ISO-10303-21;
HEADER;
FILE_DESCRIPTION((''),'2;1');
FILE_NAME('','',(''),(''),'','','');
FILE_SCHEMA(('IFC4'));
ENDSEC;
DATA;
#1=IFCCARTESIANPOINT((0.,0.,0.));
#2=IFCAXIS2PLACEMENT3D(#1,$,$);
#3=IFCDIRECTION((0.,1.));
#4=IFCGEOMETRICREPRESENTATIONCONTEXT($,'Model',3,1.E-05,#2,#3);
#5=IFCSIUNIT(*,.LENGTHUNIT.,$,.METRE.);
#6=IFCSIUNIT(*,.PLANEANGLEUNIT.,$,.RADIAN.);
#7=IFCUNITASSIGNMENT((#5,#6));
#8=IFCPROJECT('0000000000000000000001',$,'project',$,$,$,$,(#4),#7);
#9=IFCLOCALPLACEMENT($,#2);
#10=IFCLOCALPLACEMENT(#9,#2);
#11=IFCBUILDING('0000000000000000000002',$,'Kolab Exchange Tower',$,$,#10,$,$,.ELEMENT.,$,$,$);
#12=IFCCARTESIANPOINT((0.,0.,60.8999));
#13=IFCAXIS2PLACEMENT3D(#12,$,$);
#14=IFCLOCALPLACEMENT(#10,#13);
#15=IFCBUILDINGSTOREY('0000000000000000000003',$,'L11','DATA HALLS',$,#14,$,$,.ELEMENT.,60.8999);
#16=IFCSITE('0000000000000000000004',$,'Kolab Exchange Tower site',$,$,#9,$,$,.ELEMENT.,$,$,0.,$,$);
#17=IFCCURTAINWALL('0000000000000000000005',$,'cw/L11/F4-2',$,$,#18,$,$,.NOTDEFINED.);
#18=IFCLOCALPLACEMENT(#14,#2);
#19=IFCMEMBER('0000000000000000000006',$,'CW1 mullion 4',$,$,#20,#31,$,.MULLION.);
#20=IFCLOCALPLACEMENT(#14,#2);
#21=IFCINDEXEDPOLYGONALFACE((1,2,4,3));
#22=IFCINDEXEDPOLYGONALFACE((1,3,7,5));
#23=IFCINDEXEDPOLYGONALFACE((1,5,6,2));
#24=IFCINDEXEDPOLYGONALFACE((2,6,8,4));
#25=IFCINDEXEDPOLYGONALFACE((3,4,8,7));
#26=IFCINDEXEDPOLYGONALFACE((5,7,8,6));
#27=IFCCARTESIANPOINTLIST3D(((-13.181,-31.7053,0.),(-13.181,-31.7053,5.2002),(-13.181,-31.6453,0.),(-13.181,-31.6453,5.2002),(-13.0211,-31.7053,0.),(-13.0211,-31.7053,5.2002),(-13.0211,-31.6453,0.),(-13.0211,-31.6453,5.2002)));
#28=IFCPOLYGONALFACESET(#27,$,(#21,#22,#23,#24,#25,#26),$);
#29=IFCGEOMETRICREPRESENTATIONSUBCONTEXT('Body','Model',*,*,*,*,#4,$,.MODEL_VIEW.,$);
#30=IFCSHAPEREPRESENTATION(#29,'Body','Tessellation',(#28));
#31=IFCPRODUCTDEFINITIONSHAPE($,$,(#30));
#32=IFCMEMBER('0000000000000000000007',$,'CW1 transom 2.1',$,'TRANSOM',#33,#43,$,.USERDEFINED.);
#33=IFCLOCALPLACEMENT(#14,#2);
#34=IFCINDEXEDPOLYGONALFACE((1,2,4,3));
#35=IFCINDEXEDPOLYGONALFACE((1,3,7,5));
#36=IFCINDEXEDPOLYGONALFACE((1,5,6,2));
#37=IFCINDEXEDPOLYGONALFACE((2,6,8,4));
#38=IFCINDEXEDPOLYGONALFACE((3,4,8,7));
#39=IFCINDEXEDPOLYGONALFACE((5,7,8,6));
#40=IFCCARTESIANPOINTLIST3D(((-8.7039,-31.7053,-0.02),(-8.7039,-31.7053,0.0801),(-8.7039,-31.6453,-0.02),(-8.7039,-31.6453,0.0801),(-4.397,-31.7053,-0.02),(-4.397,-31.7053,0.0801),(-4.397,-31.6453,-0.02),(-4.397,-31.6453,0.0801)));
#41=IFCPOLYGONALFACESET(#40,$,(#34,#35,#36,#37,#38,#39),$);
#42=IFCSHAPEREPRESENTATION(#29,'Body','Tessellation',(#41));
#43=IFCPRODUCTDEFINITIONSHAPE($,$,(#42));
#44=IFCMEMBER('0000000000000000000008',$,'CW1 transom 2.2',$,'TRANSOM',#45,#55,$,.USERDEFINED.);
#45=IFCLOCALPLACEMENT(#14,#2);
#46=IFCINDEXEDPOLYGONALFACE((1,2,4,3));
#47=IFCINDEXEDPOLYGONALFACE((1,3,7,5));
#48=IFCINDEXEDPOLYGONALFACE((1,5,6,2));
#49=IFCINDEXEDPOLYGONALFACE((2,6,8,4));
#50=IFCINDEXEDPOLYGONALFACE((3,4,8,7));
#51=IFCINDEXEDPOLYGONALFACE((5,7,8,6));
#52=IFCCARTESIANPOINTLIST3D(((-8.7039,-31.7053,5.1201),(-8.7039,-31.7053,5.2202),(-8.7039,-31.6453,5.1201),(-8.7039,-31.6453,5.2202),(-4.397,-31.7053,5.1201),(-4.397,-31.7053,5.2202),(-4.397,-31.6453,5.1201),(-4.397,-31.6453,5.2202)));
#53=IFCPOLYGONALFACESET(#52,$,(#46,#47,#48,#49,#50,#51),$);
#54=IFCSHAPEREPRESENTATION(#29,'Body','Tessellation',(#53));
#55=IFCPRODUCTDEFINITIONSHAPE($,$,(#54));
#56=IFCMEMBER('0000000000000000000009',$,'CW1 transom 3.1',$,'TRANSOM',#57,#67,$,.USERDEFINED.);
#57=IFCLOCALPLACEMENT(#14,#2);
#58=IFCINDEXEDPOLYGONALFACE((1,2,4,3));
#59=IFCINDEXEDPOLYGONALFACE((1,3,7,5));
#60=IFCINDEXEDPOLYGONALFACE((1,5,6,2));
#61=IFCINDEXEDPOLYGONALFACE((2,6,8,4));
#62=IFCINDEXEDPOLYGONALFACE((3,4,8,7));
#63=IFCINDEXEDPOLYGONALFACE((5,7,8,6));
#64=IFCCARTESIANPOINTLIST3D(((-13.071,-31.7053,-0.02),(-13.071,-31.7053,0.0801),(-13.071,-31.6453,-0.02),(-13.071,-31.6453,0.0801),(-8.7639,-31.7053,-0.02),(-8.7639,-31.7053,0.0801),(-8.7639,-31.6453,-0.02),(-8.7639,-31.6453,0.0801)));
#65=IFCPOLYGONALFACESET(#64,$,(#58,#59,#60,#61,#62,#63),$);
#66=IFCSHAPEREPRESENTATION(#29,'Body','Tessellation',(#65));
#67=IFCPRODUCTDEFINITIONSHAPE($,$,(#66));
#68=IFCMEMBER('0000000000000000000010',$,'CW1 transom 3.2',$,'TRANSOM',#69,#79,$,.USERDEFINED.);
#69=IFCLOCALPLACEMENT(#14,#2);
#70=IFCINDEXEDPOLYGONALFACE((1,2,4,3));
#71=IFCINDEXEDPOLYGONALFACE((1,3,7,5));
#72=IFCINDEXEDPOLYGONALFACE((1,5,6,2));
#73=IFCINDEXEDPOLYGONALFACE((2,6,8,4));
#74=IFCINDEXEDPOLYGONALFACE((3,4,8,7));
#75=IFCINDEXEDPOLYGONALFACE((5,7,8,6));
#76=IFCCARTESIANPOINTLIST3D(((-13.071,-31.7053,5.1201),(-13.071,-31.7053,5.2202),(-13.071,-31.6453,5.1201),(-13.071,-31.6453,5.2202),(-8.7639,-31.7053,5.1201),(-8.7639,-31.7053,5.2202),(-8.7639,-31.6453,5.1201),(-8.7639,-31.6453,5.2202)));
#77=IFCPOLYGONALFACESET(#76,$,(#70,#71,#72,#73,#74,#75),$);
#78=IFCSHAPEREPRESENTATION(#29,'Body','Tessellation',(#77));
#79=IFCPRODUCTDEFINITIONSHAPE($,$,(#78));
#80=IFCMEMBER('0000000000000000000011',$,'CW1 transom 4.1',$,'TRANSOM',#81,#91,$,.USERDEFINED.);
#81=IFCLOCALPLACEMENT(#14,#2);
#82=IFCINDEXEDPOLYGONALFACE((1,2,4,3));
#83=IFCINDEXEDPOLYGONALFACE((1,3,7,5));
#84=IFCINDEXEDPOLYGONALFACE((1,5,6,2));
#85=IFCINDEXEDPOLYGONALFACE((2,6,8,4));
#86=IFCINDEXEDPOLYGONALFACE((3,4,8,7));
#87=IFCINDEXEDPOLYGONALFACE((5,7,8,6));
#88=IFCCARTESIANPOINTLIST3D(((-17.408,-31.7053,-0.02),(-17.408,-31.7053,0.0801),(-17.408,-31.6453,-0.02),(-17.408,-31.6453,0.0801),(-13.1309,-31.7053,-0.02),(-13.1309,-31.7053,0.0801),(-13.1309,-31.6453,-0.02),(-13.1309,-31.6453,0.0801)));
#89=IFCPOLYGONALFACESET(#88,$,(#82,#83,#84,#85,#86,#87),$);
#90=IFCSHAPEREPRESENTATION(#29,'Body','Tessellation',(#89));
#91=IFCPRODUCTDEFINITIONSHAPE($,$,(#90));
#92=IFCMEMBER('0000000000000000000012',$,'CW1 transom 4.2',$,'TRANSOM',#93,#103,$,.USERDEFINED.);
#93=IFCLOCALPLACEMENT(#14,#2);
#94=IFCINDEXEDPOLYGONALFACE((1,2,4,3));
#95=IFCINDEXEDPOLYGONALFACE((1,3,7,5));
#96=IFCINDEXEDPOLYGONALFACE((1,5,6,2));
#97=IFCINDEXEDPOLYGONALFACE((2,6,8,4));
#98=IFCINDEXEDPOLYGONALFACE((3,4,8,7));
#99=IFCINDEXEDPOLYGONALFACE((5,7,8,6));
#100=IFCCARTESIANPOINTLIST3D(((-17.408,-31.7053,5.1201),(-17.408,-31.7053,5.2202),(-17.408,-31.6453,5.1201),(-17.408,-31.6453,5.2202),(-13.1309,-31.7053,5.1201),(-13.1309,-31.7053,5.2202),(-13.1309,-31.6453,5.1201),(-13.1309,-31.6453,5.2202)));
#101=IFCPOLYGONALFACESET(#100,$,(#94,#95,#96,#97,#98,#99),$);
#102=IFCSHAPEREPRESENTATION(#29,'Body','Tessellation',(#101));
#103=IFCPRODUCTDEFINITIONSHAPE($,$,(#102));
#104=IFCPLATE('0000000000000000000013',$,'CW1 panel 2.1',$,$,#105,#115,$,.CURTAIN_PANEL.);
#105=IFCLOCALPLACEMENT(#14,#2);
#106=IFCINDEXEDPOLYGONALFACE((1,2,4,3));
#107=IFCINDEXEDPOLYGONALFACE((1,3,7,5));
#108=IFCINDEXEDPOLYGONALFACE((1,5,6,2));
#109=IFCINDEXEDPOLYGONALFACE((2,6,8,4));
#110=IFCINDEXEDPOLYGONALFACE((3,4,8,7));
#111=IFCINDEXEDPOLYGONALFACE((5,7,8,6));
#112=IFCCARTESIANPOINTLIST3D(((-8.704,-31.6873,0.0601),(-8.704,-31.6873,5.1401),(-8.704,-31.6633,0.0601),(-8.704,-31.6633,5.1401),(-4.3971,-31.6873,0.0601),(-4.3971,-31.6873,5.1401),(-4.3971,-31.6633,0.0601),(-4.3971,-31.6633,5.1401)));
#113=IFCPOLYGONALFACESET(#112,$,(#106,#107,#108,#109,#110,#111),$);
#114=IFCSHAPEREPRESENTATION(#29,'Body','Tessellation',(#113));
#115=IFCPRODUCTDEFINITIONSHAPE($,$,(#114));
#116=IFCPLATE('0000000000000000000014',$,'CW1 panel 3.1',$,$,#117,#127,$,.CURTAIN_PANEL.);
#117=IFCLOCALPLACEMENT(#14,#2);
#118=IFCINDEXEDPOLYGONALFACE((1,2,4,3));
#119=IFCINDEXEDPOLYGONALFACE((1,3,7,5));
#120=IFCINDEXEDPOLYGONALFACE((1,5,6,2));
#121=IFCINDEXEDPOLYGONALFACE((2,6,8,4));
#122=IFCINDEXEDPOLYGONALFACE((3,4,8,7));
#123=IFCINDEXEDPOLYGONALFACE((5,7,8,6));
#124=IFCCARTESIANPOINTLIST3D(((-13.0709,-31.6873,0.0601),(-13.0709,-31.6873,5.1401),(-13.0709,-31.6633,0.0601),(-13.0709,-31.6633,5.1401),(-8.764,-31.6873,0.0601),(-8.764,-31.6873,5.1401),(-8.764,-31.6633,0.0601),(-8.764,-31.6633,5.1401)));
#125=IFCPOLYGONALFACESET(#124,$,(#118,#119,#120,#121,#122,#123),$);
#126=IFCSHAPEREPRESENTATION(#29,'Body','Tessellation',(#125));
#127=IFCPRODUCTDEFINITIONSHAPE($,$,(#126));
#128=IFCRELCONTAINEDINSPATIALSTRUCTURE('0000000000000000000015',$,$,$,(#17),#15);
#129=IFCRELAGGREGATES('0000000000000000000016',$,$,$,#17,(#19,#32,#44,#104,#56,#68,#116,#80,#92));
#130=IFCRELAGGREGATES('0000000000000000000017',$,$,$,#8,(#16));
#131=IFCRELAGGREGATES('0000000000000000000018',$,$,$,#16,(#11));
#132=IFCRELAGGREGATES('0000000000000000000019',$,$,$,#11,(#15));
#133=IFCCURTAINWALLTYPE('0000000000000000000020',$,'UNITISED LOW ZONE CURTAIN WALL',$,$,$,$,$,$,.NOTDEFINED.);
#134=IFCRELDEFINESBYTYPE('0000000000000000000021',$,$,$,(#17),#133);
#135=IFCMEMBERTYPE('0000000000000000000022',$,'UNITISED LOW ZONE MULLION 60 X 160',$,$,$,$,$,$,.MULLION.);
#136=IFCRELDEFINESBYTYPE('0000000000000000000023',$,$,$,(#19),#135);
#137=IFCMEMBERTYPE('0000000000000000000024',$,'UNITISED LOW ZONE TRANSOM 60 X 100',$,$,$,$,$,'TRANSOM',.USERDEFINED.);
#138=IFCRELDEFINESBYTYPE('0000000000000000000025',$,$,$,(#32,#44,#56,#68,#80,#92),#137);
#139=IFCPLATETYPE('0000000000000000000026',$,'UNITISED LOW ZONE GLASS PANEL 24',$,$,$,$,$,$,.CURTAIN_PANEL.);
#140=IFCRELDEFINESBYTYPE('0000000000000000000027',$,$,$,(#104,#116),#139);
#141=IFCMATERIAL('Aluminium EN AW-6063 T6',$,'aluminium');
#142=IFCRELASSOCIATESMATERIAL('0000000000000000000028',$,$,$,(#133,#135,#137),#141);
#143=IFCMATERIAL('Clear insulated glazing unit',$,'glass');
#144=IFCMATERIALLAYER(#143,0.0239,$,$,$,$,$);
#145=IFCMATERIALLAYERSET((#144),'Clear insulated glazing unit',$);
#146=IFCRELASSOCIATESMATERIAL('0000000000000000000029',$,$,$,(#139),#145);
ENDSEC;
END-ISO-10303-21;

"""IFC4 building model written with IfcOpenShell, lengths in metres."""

from ifc_helpers import new_model, si_unit, direction, frame, origin, origin_2d, place, context, subcontext, project, spatial, rectangle, extrude, material, layer, layer_set, material_profile, profile_set, type_object, element, aggregate, save


model = new_model("IFC4")

# Units and contexts
model_context = context("Model", 3, precision=1e-05, world=origin(), true_north=direction((0.0, 1.0)))
body_context = subcontext(model_context, "Body", "Model", "MODEL_VIEW")
ifc_project = project(units=[si_unit("LENGTHUNIT", "METRE"), si_unit("PLANEANGLEUNIT", "RADIAN")], contexts=[model_context])

# Site, building, storey
site_placement = place(None, origin())
site = spatial("IfcSite", under=ifc_project, at=site_placement, Name="Kolab Exchange Tower site", CompositionType="ELEMENT", RefElevation=0.0)
building_placement = place(site_placement, origin())
building = spatial("IfcBuilding", under=site, at=building_placement, Name="Kolab Exchange Tower", CompositionType="ELEMENT")
storey_placement = place(building_placement, frame((0.0, 0.0, 60.8999)))
storey = spatial("IfcBuildingStorey", under=building, at=storey_placement, Name="L11", Description="DATA HALLS", CompositionType="ELEMENT", Elevation=60.8999)

# Curtain wall, members, plates
ifc_material_1 = material(Name="Aluminium EN AW-6063 T6", Category="aluminium")
curtain_wall_type = type_object("IfcCurtainWallType", Name="UNITISED LOW ZONE CURTAIN WALL", PredefinedType="NOTDEFINED", material=ifc_material_1)
curtain_wall_placement = place(storey_placement, origin())
curtain_wall = element("IfcCurtainWall", 1, at=curtain_wall_placement, inside=storey, type_object=curtain_wall_type, Name="cw/L11/F4-2", PredefinedType="NOTDEFINED")
ifc_material_profile_1 = material_profile(ifc_material_1, rectangle(XDim=0.0601, YDim=0.1599, at=origin_2d()), Name="RECT 60X160")
ifc_profile_set_1 = profile_set([ifc_material_profile_1], Name="Aluminium EN AW-6063 T6")
member_type_1 = type_object("IfcMemberType", Name="UNITISED LOW ZONE MULLION 60 X 160", PredefinedType="MULLION", material=ifc_profile_set_1)
member_1_placement = place(storey_placement, frame((-13.1011, -31.6753, 0.0), z_axis=(0.0, 0.0, 1.0), x_axis=(0.0, -1.0, 0.0)))
member_1 = element("IfcMember", 2, at=member_1_placement, type_object=member_type_1, Name="CW1 mullion 4", PredefinedType="MULLION", context=body_context, shape_type="SweptSolid", body=[
    extrude(rectangle(XDim=0.0601, YDim=0.1599, at=origin_2d()), origin(), (0.0, 0.0, 1.0), 5.2002),
])
ifc_material_profile_2 = material_profile(ifc_material_1, rectangle(XDim=0.0601, YDim=0.1001, at=origin_2d()), Name="RECT 60X100")
ifc_profile_set_2 = profile_set([ifc_material_profile_2], Name="Aluminium EN AW-6063 T6")
member_type_2 = type_object("IfcMemberType", Name="UNITISED LOW ZONE TRANSOM 60 X 100", ElementType="TRANSOM", PredefinedType="USERDEFINED", material=ifc_profile_set_2)
member_2_placement = place(storey_placement, frame((-4.397, -31.6753, 0.03), z_axis=(-1.0, 0.0, 0.0), x_axis=(0.0, -1.0, 0.0)))
member_2 = element("IfcMember", 3, at=member_2_placement, type_object=member_type_2, Name="CW1 transom 2.1", ObjectType="TRANSOM", PredefinedType="USERDEFINED", context=body_context, shape_type="SweptSolid", body=[
    extrude(rectangle(XDim=0.0601, YDim=0.1001, at=origin_2d()), origin(), (0.0, 0.0, 1.0), 4.3069),
])
member_3_placement = place(storey_placement, frame((-4.397, -31.6753, 5.1702), z_axis=(-1.0, 0.0, 0.0), x_axis=(0.0, -1.0, 0.0)))
member_3 = element("IfcMember", 4, at=member_3_placement, type_object=member_type_2, Name="CW1 transom 2.2", ObjectType="TRANSOM", PredefinedType="USERDEFINED", context=body_context, shape_type="SweptSolid", body=[
    extrude(rectangle(XDim=0.0601, YDim=0.1001, at=origin_2d()), origin(), (0.0, 0.0, 1.0), 4.3069),
])
member_4_placement = place(storey_placement, frame((-8.7639, -31.6753, 0.03), z_axis=(-1.0, 0.0, 0.0), x_axis=(0.0, -1.0, 0.0)))
member_4 = element("IfcMember", 5, at=member_4_placement, type_object=member_type_2, Name="CW1 transom 3.1", ObjectType="TRANSOM", PredefinedType="USERDEFINED", context=body_context, shape_type="SweptSolid", body=[
    extrude(rectangle(XDim=0.0601, YDim=0.1001, at=origin_2d()), origin(), (0.0, 0.0, 1.0), 4.3071),
])
member_5_placement = place(storey_placement, frame((-8.7639, -31.6753, 5.1702), z_axis=(-1.0, 0.0, 0.0), x_axis=(0.0, -1.0, 0.0)))
member_5 = element("IfcMember", 6, at=member_5_placement, type_object=member_type_2, Name="CW1 transom 3.2", ObjectType="TRANSOM", PredefinedType="USERDEFINED", context=body_context, shape_type="SweptSolid", body=[
    extrude(rectangle(XDim=0.0601, YDim=0.1001, at=origin_2d()), origin(), (0.0, 0.0, 1.0), 4.3071),
])
member_6_placement = place(storey_placement, frame((-13.1309, -31.6753, 0.03), z_axis=(-1.0, 0.0, 0.0), x_axis=(0.0, -1.0, 0.0)))
member_6 = element("IfcMember", 7, at=member_6_placement, type_object=member_type_2, Name="CW1 transom 4.1", ObjectType="TRANSOM", PredefinedType="USERDEFINED", context=body_context, shape_type="SweptSolid", body=[
    extrude(rectangle(XDim=0.0601, YDim=0.1001, at=origin_2d()), origin(), (0.0, 0.0, 1.0), 4.2771),
])
member_7_placement = place(storey_placement, frame((-13.1309, -31.6753, 5.1702), z_axis=(-1.0, 0.0, 0.0), x_axis=(0.0, -1.0, 0.0)))
member_7 = element("IfcMember", 8, at=member_7_placement, type_object=member_type_2, Name="CW1 transom 4.2", ObjectType="TRANSOM", PredefinedType="USERDEFINED", context=body_context, shape_type="SweptSolid", body=[
    extrude(rectangle(XDim=0.0601, YDim=0.1001, at=origin_2d()), origin(), (0.0, 0.0, 1.0), 4.2771),
])
ifc_material_2 = material(Name="Clear insulated glazing unit", Category="glass")
ifc_layer = layer(ifc_material_2, 0.0239)
ifc_layer_set = layer_set([ifc_layer], Name="Clear insulated glazing unit")
plate_type = type_object("IfcPlateType", Name="UNITISED LOW ZONE GLASS PANEL 24", PredefinedType="CURTAIN_PANEL", material=ifc_layer_set)
plate_1_placement = place(storey_placement, frame((-6.5505, -31.6753, 0.0601), z_axis=(0.0, 0.0, 1.0), x_axis=(-1.0, 0.0, 0.0)))
plate_1 = element("IfcPlate", 9, at=plate_1_placement, type_object=plate_type, Name="CW1 panel 2.1", PredefinedType="CURTAIN_PANEL", context=body_context, shape_type="SweptSolid", body=[
    extrude(rectangle(XDim=4.3069, YDim=0.0239, at=origin_2d()), origin(), (0.0, 0.0, 1.0), 5.0801),
])
plate_2_placement = place(storey_placement, frame((-10.9175, -31.6753, 0.0601), z_axis=(0.0, 0.0, 1.0), x_axis=(-1.0, 0.0, 0.0)))
plate_2 = element("IfcPlate", 10, at=plate_2_placement, type_object=plate_type, Name="CW1 panel 3.1", PredefinedType="CURTAIN_PANEL", context=body_context, shape_type="SweptSolid", body=[
    extrude(rectangle(XDim=4.3069, YDim=0.0239, at=origin_2d()), origin(), (0.0, 0.0, 1.0), 5.0801),
])
aggregate(curtain_wall, [member_1, member_2, member_3, plate_1, member_4, member_5, plate_2, member_6, member_7])

save(model, "model.ifc")
